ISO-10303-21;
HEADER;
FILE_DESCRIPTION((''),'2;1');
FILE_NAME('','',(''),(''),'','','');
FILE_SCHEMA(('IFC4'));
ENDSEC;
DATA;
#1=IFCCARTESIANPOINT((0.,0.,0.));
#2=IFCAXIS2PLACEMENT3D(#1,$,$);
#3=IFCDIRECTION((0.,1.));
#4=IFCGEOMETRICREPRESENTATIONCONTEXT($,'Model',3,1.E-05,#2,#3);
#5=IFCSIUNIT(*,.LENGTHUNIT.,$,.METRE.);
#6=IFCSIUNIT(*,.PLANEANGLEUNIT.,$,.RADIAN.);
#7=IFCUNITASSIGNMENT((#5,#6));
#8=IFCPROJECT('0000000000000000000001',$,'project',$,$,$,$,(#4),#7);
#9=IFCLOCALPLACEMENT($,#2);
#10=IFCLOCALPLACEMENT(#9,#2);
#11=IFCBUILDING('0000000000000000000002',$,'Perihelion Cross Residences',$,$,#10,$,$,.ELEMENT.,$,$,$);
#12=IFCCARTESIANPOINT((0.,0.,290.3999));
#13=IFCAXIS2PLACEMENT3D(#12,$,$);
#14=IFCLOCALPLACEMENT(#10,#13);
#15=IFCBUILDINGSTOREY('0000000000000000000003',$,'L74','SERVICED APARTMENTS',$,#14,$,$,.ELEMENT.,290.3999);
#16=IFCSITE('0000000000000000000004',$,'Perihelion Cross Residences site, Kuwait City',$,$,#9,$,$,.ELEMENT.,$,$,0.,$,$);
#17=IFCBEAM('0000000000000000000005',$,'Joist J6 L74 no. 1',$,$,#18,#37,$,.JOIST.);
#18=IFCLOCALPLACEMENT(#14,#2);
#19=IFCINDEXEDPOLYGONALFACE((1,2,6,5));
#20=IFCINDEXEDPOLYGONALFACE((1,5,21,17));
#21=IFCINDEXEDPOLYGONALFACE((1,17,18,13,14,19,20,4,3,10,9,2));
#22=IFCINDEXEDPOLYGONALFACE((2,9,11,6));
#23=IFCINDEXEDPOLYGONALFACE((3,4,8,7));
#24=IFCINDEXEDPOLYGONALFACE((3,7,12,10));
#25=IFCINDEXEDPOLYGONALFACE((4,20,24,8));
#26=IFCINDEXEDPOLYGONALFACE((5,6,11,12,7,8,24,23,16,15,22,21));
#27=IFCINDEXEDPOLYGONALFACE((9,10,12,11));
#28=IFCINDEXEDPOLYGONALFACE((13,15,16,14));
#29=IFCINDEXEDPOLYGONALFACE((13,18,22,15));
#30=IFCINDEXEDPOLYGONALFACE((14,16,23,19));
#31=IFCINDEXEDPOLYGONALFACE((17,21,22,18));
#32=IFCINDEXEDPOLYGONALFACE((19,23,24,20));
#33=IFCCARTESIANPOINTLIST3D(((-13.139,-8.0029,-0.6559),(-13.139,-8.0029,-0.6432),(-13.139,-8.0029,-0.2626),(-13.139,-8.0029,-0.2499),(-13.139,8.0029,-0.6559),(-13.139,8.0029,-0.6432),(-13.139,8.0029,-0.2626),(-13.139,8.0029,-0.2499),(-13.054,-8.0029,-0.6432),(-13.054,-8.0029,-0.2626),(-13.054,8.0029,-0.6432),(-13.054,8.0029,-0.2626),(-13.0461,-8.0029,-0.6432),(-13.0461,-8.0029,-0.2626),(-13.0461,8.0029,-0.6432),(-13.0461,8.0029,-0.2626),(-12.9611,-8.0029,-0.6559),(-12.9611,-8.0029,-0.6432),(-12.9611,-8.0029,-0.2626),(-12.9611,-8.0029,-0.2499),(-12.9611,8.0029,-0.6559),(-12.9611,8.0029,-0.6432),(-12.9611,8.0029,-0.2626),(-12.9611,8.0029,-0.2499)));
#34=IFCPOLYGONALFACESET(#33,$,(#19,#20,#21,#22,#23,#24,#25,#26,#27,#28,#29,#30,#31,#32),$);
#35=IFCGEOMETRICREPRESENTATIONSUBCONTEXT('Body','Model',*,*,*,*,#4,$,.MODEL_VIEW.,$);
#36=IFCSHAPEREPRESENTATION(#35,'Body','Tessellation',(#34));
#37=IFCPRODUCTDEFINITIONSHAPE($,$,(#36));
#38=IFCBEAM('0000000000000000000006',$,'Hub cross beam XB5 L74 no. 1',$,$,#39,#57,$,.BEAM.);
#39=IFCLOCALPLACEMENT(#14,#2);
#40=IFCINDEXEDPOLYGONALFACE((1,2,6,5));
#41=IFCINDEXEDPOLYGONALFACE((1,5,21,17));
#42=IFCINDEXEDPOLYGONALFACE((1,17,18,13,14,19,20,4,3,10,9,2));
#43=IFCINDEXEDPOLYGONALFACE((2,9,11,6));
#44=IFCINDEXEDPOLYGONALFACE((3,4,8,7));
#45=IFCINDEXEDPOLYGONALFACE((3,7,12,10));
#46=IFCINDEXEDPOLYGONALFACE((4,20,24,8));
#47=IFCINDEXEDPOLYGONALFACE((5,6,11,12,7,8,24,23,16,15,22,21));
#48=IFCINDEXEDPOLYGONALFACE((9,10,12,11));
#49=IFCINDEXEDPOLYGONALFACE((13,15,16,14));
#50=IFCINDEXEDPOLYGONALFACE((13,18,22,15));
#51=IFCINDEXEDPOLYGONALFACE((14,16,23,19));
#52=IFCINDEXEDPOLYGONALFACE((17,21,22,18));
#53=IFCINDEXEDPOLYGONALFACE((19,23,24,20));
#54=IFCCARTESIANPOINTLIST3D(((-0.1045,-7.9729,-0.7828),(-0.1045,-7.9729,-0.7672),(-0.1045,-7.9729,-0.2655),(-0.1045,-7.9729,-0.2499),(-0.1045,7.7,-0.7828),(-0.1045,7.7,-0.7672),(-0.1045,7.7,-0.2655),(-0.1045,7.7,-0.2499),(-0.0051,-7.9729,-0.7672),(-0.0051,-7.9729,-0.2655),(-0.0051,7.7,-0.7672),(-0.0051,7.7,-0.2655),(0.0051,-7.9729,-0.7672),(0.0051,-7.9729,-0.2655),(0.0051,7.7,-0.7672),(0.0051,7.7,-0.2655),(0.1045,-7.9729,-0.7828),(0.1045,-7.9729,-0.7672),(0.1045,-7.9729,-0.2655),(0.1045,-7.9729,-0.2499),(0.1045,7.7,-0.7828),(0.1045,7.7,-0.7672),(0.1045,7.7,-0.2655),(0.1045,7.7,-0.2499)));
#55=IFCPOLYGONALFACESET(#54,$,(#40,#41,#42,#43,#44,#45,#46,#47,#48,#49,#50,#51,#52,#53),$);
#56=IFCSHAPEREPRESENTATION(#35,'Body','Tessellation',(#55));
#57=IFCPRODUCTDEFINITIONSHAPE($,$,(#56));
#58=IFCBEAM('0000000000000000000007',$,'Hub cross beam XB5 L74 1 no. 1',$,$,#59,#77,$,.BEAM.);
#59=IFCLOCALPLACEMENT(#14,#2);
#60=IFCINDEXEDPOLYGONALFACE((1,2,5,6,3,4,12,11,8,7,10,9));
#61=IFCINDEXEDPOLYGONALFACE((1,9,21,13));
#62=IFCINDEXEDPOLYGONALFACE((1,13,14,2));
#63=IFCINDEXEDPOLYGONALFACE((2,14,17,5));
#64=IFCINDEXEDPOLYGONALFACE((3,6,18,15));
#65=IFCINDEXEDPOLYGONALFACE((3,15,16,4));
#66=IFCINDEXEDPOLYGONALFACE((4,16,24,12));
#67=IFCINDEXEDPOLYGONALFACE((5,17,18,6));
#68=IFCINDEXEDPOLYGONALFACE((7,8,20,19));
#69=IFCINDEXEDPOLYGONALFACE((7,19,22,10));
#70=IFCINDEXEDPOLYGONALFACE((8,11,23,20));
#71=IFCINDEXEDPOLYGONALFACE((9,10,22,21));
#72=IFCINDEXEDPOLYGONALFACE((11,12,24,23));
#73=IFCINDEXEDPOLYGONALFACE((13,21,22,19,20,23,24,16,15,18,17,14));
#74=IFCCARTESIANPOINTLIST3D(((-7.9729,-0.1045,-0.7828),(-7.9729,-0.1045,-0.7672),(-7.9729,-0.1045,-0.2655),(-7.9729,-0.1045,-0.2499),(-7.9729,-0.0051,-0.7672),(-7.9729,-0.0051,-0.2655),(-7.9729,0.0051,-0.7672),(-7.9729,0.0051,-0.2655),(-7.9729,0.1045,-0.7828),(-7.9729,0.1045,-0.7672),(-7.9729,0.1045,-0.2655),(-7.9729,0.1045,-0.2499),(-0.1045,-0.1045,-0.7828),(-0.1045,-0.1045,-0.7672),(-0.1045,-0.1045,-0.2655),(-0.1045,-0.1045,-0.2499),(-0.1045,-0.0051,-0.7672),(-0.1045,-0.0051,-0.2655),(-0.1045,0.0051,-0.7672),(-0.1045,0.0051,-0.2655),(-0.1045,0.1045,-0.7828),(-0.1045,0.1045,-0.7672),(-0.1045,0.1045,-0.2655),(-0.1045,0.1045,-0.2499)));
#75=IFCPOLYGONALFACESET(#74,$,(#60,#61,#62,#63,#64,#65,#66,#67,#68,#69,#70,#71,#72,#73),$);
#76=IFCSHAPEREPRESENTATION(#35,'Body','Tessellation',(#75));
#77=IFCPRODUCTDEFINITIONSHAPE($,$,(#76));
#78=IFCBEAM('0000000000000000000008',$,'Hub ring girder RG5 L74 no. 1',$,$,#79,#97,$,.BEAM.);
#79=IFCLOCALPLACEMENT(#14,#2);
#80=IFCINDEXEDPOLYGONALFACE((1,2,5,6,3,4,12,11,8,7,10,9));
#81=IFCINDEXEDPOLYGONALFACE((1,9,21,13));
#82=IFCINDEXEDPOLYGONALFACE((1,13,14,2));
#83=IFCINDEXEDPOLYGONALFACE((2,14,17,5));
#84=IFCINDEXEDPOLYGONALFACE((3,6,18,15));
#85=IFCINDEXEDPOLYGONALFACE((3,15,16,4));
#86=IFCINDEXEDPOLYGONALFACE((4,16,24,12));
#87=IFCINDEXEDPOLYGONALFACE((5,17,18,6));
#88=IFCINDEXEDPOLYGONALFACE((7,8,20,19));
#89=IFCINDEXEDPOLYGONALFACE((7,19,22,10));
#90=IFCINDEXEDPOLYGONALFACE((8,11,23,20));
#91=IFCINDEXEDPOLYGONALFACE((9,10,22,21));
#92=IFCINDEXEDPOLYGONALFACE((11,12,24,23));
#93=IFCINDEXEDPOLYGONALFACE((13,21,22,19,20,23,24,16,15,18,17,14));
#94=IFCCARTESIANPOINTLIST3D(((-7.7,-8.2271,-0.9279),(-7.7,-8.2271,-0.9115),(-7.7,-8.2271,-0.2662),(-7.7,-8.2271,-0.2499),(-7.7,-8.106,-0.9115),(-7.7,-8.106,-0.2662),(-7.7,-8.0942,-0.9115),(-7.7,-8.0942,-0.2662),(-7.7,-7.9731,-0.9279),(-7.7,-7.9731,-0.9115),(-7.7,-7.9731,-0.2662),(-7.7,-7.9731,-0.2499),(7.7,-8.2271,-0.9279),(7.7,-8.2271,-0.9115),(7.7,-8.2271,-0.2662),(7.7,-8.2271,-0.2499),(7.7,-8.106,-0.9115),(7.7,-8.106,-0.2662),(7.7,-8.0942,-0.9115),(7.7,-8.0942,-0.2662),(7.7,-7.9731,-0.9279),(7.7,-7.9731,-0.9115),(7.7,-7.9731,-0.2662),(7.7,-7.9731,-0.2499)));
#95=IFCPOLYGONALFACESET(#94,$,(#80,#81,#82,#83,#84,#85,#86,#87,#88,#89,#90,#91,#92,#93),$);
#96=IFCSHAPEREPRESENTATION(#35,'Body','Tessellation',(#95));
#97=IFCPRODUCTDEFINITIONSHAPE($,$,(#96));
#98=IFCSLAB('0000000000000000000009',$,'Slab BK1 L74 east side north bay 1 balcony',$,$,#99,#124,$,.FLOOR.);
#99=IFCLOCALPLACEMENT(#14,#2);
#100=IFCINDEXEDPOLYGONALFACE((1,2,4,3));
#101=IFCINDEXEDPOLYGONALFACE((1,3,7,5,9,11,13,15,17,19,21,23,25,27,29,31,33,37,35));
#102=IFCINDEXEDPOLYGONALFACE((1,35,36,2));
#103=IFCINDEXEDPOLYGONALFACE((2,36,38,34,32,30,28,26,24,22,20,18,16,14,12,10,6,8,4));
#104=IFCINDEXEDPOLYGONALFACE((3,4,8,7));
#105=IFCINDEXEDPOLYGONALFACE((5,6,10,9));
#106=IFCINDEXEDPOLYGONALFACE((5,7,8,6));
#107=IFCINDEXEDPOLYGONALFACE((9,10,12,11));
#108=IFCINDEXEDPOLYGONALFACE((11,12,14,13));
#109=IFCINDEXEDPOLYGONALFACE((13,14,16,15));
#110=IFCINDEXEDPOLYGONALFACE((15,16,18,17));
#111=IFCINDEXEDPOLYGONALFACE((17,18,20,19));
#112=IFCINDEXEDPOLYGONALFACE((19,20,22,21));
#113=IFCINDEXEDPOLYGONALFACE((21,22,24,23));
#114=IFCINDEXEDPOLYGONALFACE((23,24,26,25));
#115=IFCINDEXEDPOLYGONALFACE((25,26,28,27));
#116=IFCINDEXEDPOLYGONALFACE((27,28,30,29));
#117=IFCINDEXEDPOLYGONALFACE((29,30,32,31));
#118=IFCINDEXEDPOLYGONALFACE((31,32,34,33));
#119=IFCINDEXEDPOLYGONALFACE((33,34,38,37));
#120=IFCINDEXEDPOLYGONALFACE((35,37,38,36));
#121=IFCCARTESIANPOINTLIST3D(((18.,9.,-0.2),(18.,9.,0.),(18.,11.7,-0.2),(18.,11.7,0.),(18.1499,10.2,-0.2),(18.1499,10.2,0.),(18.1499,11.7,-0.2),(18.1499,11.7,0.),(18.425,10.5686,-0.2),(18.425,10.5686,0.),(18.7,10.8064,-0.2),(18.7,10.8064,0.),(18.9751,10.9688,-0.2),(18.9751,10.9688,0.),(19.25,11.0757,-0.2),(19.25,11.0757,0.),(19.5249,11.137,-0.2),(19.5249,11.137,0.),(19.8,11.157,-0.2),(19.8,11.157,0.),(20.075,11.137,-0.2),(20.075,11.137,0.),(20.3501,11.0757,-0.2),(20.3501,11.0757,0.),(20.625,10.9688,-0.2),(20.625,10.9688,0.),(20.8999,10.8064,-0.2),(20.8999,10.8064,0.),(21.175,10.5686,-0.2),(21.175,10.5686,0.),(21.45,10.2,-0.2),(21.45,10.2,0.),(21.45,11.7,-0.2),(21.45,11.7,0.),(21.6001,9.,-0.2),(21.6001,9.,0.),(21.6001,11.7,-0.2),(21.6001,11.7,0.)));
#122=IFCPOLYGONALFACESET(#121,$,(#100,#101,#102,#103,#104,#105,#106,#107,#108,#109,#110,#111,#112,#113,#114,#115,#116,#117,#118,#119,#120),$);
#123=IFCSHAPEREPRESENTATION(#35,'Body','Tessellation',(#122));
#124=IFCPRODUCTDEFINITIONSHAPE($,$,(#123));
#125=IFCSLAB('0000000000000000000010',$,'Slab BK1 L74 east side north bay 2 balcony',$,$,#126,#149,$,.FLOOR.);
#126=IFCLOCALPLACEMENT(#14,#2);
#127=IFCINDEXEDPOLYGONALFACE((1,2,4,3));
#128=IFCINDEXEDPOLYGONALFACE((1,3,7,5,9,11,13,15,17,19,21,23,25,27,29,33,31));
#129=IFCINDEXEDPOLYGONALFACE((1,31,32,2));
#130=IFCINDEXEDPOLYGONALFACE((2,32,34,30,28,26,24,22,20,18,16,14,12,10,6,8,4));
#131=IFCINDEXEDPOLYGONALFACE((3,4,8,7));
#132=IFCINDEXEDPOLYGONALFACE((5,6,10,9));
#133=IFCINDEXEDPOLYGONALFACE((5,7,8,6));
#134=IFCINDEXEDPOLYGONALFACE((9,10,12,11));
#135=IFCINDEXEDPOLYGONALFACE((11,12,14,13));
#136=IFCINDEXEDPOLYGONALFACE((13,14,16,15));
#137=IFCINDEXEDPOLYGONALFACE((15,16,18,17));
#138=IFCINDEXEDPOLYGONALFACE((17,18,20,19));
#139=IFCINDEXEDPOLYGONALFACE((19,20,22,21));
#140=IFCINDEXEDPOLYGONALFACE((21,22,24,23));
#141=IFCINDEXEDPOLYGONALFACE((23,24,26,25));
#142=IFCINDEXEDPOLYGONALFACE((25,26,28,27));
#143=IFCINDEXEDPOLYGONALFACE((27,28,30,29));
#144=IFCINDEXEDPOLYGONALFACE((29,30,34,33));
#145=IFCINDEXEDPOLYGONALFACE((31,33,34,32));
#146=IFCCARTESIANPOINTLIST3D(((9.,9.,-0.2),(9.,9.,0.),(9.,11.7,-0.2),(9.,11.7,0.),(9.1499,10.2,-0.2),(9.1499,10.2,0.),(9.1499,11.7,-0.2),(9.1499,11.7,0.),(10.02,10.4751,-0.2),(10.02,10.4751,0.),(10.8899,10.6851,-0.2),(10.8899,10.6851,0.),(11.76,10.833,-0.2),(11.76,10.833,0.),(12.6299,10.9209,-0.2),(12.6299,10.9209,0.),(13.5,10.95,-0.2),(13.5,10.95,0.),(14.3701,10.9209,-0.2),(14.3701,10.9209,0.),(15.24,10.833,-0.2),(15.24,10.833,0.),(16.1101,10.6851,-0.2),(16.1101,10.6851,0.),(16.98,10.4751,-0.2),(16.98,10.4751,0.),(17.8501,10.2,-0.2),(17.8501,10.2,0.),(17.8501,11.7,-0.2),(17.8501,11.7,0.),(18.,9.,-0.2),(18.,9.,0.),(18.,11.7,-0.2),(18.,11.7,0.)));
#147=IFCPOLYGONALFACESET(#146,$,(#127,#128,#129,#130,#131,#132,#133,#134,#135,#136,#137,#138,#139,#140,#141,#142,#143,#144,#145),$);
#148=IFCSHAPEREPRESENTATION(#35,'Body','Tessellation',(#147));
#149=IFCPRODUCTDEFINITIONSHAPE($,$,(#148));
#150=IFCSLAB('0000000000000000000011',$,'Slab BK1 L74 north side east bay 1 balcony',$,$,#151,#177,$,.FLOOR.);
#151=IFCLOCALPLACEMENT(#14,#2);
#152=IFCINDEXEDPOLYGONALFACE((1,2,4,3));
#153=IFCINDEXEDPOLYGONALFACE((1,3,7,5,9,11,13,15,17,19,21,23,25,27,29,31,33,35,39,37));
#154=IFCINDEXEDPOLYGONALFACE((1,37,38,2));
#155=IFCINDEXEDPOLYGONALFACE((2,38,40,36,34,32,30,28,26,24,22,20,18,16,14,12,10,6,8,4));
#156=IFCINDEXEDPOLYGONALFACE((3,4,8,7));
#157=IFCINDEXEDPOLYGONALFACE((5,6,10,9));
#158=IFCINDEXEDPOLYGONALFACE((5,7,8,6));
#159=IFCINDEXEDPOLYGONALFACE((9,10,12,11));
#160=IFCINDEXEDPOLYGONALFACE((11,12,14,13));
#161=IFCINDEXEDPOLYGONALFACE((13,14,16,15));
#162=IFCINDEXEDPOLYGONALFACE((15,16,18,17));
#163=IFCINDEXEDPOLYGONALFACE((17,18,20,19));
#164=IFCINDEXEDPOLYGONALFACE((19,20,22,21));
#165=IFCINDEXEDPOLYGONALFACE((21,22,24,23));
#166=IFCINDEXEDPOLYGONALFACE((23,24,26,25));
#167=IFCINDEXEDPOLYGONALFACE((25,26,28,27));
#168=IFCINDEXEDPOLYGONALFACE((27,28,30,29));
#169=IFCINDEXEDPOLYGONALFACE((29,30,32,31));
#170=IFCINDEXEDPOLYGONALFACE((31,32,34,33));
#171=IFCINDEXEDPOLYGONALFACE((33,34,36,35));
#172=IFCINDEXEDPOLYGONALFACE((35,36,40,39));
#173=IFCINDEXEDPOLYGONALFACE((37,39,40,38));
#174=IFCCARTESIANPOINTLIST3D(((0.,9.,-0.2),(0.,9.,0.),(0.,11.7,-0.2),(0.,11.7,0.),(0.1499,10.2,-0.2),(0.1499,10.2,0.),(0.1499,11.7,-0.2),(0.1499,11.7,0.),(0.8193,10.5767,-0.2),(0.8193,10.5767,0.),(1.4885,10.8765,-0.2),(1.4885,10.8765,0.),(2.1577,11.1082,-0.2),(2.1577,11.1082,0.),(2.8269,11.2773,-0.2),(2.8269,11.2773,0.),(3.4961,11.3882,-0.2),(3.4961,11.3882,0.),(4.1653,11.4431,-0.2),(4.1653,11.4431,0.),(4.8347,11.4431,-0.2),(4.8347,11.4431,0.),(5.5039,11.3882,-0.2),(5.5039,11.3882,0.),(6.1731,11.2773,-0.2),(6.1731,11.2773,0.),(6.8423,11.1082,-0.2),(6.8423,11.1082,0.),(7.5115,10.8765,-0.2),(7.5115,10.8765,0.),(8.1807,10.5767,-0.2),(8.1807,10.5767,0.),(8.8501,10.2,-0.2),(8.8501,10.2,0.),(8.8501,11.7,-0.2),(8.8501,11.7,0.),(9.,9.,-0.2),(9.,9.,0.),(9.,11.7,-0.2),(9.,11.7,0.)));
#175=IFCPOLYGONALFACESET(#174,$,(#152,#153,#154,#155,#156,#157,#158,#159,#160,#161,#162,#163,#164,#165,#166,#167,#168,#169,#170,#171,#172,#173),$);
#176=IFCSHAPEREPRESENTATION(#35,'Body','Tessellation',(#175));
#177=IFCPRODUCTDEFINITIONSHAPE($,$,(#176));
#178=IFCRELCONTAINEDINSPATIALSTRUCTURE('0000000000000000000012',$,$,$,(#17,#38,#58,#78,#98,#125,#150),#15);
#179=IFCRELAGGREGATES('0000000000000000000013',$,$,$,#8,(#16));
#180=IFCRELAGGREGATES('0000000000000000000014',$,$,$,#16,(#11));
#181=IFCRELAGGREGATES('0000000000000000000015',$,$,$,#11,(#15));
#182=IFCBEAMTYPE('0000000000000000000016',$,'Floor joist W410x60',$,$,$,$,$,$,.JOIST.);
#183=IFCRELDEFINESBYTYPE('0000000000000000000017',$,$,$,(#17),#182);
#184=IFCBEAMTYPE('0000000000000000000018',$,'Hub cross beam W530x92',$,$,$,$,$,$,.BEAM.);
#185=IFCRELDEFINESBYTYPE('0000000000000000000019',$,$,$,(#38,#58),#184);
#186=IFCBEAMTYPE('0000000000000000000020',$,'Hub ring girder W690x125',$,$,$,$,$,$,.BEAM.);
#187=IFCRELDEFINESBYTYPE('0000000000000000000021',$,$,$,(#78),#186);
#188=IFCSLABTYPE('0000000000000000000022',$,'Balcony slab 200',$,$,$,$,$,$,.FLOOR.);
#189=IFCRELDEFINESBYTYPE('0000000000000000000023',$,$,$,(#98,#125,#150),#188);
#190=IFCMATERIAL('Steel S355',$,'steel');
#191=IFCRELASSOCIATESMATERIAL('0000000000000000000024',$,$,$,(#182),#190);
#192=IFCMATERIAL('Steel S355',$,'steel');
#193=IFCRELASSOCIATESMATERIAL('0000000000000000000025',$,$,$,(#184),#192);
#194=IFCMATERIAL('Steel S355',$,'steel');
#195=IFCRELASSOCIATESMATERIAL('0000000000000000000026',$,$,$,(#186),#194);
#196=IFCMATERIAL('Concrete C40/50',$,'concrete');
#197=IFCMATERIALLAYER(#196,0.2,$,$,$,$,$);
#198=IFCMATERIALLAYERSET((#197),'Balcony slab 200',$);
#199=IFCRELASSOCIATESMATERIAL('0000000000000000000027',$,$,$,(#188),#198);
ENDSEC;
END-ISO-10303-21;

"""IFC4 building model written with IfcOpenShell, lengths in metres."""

from ifc_helpers import new_model, si_unit, direction, frame, origin, origin_2d, place, context, subcontext, project, spatial, polyline, i_section, outline, extrude, material, layer, layer_set, material_profile, profile_set, type_object, element, save


model = new_model("IFC4")

# Units and contexts
model_context = context("Model", 3, precision=1e-05, world=origin(), true_north=direction((0.0, 1.0)))
body_context = subcontext(model_context, "Body", "Model", "MODEL_VIEW")
ifc_project = project(units=[si_unit("LENGTHUNIT", "METRE"), si_unit("PLANEANGLEUNIT", "RADIAN")], contexts=[model_context])

# Site, building, storey
site_placement = place(None, origin())
site = spatial("IfcSite", under=ifc_project, at=site_placement, Name="Perihelion Cross Residences site, Kuwait City", CompositionType="ELEMENT", RefElevation=0.0)
building_placement = place(site_placement, origin())
building = spatial("IfcBuilding", under=site, at=building_placement, Name="Perihelion Cross Residences", CompositionType="ELEMENT")
storey_placement = place(building_placement, frame((0.0, 0.0, 290.3999)))
storey = spatial("IfcBuildingStorey", under=building, at=storey_placement, Name="L74", Description="SERVICED APARTMENTS", CompositionType="ELEMENT", Elevation=290.3999)

# Beams
ifc_material_1 = material(Name="Steel S355", Category="steel")
ifc_material_profile_1 = material_profile(ifc_material_1, i_section(OverallWidth=0.178, OverallDepth=0.406, WebThickness=0.0078, FlangeThickness=0.0127, at=origin_2d()), Name="W410x60")
ifc_profile_set_1 = profile_set([ifc_material_profile_1], Name="Steel S355")
beam_type_1 = type_object("IfcBeamType", Name="Floor joist W410x60", PredefinedType="JOIST", material=ifc_profile_set_1)
beam_1_placement = place(storey_placement, frame((-13.05, -8.0029, -0.4529), z_axis=(0.0, 1.0, 0.0), x_axis=(-1.0, 0.0, 0.0)))
element("IfcBeam", 1, at=beam_1_placement, inside=storey, type_object=beam_type_1, Name="Joist J6 L74 no. 1", PredefinedType="JOIST", context=body_context, shape_type="SweptSolid", body=[
    extrude(i_section(OverallWidth=0.178, OverallDepth=0.406, WebThickness=0.0078, FlangeThickness=0.0127, at=origin_2d()), origin(), (0.0, 0.0, 1.0), 16.0059),
])
ifc_material_2 = material(Name="Steel S355", Category="steel")
ifc_material_profile_2 = material_profile(ifc_material_2, i_section(OverallWidth=0.209, OverallDepth=0.533, WebThickness=0.0103, FlangeThickness=0.0156, at=origin_2d()), Name="W530x92")
ifc_profile_set_2 = profile_set([ifc_material_profile_2], Name="Steel S355")
beam_type_2 = type_object("IfcBeamType", Name="Hub cross beam W530x92", PredefinedType="BEAM", material=ifc_profile_set_2)
beam_2_placement = place(storey_placement, frame((0.0, -7.9729, -0.5164), z_axis=(0.0, 1.0, 0.0), x_axis=(-1.0, 0.0, 0.0)))
element("IfcBeam", 2, at=beam_2_placement, inside=storey, type_object=beam_type_2, Name="Hub cross beam XB5 L74 no. 1", PredefinedType="BEAM", context=body_context, shape_type="SweptSolid", body=[
    extrude(i_section(OverallWidth=0.209, OverallDepth=0.533, WebThickness=0.0103, FlangeThickness=0.0156, at=origin_2d()), origin(), (0.0, 0.0, 1.0), 15.6729),
])
beam_3_placement = place(storey_placement, frame((-7.9729, 0.0, -0.5164), z_axis=(1.0, 0.0, 0.0), x_axis=(0.0, 1.0, 0.0)))
element("IfcBeam", 3, at=beam_3_placement, inside=storey, type_object=beam_type_2, Name="Hub cross beam XB5 L74 1 no. 1", PredefinedType="BEAM", context=body_context, shape_type="SweptSolid", body=[
    extrude(i_section(OverallWidth=0.209, OverallDepth=0.533, WebThickness=0.0103, FlangeThickness=0.0156, at=origin_2d()), origin(), (0.0, 0.0, 1.0), 7.8684),
])
ifc_material_3 = material(Name="Steel S355", Category="steel")
ifc_material_profile_3 = material_profile(ifc_material_3, i_section(OverallWidth=0.2539, OverallDepth=0.678, WebThickness=0.0117, FlangeThickness=0.0164, at=origin_2d()), Name="W690x125")
ifc_profile_set_3 = profile_set([ifc_material_profile_3], Name="Steel S355")
beam_type_3 = type_object("IfcBeamType", Name="Hub ring girder W690x125", PredefinedType="BEAM", material=ifc_profile_set_3)
beam_4_placement = place(storey_placement, frame((-7.7, -8.1001, -0.5889), z_axis=(1.0, 0.0, 0.0), x_axis=(0.0, 1.0, 0.0)))
element("IfcBeam", 4, at=beam_4_placement, inside=storey, type_object=beam_type_3, Name="Hub ring girder RG5 L74 no. 1", PredefinedType="BEAM", context=body_context, shape_type="SweptSolid", body=[
    extrude(i_section(OverallWidth=0.2539, OverallDepth=0.678, WebThickness=0.0117, FlangeThickness=0.0164, at=origin_2d()), origin(), (0.0, 0.0, 1.0), 15.3999),
])

# Slabs
ifc_material_4 = material(Name="Concrete C40/50", Category="concrete")
ifc_layer_1 = layer(ifc_material_4, 0.2)
ifc_layer_set_1 = layer_set([ifc_layer_1], Name="Balcony slab 200")
slab_type_1 = type_object("IfcSlabType", Name="Balcony slab 200", PredefinedType="FLOOR", material=ifc_layer_set_1)
slab_1_placement = place(storey_placement, frame((0.0, 0.0, -0.2)))
element("IfcSlab", 5, at=slab_1_placement, inside=storey, type_object=slab_type_1, Name="Slab BK1 L74 east side north bay 1 balcony", PredefinedType="FLOOR", context=body_context, shape_type="SweptSolid", body=[
    extrude(outline(polyline([(21.6001, 9.0), (18.0, 9.0), (18.0, 11.7), (18.1499, 11.7), (18.1499, 10.2), (18.425, 10.5686), (18.7, 10.8064), (18.9751, 10.9688), (19.25, 11.0757), (19.5249, 11.137), (19.8, 11.157), (20.075, 11.137), (20.3501, 11.0757), (20.625, 10.9688), (20.8999, 10.8064), (21.175, 10.5686), (21.45, 10.2), (21.45, 11.7), (21.6001, 11.7), (21.6001, 9.0)])), origin(), (0.0, 0.0, 1.0), 0.2),
])
slab_2_placement = place(storey_placement, frame((0.0, 0.0, -0.2)))
element("IfcSlab", 6, at=slab_2_placement, inside=storey, type_object=slab_type_1, Name="Slab BK1 L74 east side north bay 2 balcony", PredefinedType="FLOOR", context=body_context, shape_type="SweptSolid", body=[
    extrude(outline(polyline([(18.0, 9.0), (9.0, 9.0), (9.0, 11.7), (9.1499, 11.7), (9.1499, 10.2), (10.02, 10.4751), (10.8899, 10.6851), (11.76, 10.833), (12.6299, 10.9209), (13.5, 10.95), (14.3701, 10.9209), (15.24, 10.833), (16.1101, 10.6851), (16.98, 10.4751), (17.8501, 10.2), (17.8501, 11.7), (18.0, 11.7), (18.0, 9.0)])), origin(), (0.0, 0.0, 1.0), 0.2),
])
slab_3_placement = place(storey_placement, frame((0.0, 0.0, -0.2)))
element("IfcSlab", 7, at=slab_3_placement, inside=storey, type_object=slab_type_1, Name="Slab BK1 L74 north side east bay 1 balcony", PredefinedType="FLOOR", context=body_context, shape_type="SweptSolid", body=[
    extrude(outline(polyline([(9.0, 9.0), (0.0, 9.0), (0.0, 11.7), (0.1499, 11.7), (0.1499, 10.2), (0.8193, 10.5767), (1.4885, 10.8765), (2.1577, 11.1082), (2.8269, 11.2773), (3.4961, 11.3882), (4.1653, 11.4431), (4.8347, 11.4431), (5.5039, 11.3882), (6.1731, 11.2773), (6.8423, 11.1082), (7.5115, 10.8765), (8.1807, 10.5767), (8.8501, 10.2), (8.8501, 11.7), (9.0, 11.7), (9.0, 9.0)])), origin(), (0.0, 0.0, 1.0), 0.2),
])

save(model, "model.ifc")
